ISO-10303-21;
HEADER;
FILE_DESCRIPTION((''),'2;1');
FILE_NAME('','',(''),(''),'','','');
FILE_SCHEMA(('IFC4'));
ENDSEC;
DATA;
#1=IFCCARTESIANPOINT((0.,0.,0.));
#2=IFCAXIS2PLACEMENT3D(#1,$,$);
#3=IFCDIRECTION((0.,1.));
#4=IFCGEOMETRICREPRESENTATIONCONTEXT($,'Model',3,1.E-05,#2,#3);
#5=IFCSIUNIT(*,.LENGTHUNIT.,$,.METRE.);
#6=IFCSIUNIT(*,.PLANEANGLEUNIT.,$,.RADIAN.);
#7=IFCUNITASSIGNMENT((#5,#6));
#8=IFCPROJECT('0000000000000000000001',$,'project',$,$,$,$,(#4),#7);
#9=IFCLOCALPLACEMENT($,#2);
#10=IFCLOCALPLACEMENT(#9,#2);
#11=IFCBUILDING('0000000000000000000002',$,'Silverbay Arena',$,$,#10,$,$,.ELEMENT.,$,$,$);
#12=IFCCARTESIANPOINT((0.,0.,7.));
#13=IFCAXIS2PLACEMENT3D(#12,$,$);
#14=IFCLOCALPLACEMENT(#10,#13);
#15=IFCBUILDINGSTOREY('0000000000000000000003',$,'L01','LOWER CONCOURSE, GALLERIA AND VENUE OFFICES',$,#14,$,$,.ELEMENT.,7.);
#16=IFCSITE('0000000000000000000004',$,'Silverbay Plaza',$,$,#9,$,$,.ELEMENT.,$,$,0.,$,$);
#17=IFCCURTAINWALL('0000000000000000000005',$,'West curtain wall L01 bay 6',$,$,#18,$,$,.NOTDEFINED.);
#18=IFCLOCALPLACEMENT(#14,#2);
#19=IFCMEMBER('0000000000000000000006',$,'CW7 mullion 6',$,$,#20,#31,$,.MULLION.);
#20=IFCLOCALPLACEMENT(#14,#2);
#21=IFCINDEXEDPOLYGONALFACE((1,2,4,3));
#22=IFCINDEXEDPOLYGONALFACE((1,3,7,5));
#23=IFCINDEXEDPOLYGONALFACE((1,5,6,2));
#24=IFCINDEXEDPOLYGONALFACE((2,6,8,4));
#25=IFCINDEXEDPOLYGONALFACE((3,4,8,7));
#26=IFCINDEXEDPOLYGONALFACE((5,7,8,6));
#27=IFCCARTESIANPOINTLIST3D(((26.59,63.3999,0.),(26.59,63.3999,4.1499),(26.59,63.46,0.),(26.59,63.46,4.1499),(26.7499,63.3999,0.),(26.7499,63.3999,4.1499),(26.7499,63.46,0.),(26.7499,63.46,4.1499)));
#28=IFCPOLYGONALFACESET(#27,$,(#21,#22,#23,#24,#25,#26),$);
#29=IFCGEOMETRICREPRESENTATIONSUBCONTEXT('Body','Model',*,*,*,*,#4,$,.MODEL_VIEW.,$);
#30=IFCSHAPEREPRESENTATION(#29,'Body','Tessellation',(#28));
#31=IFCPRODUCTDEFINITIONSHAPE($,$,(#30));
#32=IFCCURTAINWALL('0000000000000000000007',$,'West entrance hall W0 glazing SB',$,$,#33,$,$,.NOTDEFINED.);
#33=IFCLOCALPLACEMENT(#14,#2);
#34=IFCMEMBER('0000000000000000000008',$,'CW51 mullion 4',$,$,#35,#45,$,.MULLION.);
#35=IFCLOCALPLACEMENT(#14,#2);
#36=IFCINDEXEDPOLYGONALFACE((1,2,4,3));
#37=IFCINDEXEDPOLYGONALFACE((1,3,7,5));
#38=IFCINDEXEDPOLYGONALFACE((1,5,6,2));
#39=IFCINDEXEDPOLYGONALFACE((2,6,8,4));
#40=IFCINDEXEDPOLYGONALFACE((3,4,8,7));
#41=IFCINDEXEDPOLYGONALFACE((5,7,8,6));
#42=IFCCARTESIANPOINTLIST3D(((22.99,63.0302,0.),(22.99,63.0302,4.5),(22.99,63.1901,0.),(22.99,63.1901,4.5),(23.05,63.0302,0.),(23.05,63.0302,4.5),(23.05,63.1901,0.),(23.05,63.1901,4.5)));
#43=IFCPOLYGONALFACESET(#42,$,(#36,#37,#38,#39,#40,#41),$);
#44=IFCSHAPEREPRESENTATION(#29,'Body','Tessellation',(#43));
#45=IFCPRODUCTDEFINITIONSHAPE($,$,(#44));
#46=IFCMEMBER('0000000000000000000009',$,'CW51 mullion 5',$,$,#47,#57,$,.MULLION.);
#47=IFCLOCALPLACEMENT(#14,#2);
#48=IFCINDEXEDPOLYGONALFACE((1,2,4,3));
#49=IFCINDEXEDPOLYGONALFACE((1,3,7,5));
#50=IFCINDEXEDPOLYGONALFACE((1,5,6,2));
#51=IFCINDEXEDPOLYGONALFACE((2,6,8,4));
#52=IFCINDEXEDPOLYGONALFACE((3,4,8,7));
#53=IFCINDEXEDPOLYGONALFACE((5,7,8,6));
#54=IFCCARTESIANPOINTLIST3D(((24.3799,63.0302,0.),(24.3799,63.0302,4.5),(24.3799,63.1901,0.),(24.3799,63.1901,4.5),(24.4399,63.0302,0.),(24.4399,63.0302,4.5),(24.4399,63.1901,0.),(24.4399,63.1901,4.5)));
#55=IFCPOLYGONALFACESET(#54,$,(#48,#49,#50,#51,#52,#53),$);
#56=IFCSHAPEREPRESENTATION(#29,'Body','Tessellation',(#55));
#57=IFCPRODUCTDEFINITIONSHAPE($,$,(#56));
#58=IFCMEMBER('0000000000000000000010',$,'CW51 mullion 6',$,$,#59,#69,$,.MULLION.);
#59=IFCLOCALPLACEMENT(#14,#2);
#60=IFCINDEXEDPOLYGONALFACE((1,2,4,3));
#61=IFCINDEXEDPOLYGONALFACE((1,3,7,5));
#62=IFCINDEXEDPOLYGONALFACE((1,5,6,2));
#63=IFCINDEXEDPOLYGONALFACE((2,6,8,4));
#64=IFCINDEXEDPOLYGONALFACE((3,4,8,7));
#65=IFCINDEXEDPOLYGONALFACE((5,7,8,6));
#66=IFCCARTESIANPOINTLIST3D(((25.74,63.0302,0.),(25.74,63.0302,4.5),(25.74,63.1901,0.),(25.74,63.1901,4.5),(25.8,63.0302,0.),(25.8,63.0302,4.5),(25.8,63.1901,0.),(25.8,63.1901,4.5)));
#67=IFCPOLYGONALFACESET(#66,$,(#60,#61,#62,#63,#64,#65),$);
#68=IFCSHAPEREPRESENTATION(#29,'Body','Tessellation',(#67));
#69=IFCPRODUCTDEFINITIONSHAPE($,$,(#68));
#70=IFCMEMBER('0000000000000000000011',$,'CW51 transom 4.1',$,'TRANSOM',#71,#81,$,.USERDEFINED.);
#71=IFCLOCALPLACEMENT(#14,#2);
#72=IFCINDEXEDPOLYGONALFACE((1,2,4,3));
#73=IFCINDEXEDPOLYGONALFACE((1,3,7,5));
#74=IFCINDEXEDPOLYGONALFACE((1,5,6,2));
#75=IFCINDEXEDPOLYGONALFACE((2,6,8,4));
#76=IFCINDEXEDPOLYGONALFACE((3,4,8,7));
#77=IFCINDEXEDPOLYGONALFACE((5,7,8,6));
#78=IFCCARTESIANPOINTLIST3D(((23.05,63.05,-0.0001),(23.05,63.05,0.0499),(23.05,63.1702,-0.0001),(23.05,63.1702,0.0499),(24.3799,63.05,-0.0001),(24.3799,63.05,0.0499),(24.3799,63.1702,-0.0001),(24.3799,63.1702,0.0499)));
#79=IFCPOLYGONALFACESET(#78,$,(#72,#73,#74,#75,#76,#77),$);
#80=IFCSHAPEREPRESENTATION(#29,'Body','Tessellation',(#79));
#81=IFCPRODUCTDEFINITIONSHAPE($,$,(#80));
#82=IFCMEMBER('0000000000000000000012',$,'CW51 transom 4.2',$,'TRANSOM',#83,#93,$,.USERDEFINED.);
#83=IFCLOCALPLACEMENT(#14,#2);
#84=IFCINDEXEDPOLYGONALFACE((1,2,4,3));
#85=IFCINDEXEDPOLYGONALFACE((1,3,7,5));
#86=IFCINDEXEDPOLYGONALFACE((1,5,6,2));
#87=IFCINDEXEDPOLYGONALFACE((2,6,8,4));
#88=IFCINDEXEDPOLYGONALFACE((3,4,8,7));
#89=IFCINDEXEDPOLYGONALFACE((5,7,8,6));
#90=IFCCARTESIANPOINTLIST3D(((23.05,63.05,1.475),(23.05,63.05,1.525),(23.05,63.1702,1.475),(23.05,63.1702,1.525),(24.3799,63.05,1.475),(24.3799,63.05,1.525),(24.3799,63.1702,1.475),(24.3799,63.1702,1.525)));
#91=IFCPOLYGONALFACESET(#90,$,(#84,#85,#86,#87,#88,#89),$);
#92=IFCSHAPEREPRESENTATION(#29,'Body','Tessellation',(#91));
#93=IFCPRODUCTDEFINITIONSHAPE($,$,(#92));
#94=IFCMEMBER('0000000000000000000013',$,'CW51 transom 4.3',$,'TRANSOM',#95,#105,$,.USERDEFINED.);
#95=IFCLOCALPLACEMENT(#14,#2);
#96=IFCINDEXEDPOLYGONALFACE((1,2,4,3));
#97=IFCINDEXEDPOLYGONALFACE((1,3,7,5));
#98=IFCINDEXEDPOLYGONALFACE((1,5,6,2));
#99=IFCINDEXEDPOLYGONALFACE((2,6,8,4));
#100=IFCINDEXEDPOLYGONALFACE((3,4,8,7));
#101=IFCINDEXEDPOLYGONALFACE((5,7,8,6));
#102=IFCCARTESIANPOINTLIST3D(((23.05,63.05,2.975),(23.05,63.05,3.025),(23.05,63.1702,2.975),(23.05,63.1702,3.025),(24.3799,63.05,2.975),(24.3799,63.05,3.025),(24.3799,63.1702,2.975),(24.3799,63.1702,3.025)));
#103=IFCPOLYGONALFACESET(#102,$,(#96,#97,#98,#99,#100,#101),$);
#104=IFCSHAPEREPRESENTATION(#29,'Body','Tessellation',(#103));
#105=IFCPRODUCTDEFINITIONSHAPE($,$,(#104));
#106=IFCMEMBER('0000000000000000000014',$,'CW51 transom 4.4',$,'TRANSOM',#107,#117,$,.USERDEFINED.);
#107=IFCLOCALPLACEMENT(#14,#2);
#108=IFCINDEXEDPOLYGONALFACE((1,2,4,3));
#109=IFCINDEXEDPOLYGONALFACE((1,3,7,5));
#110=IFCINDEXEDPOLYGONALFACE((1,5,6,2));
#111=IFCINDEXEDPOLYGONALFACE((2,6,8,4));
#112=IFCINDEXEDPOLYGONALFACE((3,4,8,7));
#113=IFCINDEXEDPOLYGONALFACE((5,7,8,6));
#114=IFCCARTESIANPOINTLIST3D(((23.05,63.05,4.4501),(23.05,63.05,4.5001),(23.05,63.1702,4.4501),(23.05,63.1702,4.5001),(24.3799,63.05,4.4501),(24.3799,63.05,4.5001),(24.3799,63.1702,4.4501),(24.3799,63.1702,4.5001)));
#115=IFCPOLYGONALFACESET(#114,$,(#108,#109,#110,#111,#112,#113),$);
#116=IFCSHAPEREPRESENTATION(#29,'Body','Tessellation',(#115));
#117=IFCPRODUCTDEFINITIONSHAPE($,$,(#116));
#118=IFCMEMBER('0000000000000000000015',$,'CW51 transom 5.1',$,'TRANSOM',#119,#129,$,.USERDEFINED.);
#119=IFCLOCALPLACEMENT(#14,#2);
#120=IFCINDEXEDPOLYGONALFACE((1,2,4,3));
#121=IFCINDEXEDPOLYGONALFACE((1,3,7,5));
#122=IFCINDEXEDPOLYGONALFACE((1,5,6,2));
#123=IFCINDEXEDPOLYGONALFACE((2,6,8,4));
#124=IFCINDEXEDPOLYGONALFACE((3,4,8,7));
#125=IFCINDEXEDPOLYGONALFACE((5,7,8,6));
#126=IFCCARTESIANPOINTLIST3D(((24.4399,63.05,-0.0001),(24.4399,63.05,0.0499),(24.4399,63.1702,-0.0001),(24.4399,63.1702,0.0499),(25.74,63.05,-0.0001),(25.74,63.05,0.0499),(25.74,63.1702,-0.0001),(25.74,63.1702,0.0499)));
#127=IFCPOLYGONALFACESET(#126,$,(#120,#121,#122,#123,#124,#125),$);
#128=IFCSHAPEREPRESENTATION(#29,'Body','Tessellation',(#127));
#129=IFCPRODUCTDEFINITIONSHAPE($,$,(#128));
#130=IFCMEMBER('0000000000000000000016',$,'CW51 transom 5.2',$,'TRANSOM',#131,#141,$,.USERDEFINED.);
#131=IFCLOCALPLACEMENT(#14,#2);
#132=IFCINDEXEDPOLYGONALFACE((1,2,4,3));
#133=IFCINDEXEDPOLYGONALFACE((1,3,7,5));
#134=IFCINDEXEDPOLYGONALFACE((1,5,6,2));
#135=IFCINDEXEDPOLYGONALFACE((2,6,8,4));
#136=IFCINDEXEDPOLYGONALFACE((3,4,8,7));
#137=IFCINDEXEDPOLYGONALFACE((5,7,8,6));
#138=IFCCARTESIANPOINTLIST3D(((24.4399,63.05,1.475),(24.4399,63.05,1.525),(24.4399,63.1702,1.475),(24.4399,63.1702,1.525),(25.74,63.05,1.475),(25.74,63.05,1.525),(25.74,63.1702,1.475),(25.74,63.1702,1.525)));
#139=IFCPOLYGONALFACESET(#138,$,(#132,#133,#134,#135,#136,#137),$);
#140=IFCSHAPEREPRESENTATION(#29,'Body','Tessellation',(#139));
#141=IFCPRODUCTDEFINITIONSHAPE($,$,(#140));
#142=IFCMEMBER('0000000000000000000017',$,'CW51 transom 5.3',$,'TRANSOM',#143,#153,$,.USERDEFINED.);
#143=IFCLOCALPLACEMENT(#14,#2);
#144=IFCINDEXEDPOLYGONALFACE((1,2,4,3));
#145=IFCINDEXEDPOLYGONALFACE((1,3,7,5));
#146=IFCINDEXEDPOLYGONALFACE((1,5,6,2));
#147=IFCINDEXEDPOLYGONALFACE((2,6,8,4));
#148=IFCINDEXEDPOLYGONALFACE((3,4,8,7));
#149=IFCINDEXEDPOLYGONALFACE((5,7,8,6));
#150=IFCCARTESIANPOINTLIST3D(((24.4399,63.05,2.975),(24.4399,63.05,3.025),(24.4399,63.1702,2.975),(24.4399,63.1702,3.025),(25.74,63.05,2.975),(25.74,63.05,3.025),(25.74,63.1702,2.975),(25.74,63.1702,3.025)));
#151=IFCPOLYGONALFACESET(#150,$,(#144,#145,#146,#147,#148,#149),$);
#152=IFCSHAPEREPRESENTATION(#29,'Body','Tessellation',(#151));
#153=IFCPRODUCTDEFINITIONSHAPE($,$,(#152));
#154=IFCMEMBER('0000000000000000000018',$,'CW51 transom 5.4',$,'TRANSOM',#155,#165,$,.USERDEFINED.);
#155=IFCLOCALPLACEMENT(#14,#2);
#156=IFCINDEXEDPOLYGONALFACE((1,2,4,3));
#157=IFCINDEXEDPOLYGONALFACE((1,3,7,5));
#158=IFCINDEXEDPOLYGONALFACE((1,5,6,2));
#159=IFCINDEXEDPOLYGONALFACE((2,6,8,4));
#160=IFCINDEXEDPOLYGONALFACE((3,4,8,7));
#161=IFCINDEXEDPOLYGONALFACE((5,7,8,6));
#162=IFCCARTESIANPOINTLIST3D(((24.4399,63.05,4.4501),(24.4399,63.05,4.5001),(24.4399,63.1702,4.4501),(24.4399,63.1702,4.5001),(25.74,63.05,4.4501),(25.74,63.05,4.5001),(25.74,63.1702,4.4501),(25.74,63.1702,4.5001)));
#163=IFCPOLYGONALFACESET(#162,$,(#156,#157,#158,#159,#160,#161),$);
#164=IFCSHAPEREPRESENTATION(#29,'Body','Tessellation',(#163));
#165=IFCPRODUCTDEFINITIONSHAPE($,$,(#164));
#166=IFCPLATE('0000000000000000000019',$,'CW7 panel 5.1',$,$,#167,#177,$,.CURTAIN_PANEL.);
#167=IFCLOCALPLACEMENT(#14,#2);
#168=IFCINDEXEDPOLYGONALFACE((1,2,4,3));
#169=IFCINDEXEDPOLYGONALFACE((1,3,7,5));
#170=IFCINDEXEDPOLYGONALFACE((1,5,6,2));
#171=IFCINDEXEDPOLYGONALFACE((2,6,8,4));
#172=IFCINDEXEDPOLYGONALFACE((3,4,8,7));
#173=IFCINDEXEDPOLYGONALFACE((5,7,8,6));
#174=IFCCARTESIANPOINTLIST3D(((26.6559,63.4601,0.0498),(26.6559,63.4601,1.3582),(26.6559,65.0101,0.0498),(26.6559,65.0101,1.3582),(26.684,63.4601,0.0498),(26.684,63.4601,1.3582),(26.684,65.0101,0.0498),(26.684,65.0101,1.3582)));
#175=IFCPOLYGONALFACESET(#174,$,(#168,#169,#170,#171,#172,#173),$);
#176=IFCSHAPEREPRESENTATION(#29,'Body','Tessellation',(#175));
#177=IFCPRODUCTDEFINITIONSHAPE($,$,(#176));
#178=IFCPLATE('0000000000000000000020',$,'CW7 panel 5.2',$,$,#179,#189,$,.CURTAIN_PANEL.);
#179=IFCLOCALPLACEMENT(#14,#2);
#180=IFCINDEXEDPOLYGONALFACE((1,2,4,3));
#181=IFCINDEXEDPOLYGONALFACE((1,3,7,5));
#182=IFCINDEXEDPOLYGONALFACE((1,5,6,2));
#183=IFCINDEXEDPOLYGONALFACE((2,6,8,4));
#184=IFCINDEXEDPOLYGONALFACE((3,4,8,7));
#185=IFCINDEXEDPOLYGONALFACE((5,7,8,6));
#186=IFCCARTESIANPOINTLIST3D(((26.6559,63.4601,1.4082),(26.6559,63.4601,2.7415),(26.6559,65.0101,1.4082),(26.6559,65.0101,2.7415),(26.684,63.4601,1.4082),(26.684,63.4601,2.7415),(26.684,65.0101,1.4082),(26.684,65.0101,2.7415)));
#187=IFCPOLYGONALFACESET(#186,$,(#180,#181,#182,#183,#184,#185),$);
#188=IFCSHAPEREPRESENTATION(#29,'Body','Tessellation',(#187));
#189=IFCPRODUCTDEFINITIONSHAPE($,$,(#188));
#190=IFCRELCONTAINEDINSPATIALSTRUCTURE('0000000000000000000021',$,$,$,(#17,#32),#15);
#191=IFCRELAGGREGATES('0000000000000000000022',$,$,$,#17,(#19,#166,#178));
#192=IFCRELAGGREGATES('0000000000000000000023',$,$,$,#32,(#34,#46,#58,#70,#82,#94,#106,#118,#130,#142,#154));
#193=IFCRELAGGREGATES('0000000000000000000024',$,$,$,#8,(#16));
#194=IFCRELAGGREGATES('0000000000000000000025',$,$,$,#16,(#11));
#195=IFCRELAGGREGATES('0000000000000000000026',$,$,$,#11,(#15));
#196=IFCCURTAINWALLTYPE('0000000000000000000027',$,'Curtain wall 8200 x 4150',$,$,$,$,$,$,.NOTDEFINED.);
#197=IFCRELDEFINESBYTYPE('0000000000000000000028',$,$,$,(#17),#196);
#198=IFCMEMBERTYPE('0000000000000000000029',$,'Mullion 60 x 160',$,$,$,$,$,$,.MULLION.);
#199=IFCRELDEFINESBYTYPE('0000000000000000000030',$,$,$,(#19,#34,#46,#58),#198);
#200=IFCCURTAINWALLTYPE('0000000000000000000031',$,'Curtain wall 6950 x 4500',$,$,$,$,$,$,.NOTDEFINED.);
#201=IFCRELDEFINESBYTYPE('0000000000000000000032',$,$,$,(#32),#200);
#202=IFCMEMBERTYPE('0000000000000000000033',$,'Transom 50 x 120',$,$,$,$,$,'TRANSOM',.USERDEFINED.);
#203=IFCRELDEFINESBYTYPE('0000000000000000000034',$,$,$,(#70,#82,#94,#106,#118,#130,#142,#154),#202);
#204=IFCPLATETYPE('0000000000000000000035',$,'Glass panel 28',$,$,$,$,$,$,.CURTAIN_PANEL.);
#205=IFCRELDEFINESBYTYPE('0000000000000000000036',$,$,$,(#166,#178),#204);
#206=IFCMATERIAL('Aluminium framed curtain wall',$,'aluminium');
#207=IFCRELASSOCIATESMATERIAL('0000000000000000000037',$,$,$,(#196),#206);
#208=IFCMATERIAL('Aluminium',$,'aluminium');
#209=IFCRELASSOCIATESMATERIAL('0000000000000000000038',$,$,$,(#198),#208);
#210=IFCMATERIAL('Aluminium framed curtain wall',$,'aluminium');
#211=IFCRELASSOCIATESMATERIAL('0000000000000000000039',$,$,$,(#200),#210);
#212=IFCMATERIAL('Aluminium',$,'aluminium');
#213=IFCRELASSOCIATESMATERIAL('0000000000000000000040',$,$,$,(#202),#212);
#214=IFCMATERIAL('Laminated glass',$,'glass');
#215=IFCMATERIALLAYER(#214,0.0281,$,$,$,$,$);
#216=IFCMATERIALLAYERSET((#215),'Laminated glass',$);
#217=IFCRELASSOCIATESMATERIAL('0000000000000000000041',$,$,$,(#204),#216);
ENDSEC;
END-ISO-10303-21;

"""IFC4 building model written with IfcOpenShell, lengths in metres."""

from ifc_helpers import new_model, si_unit, direction, frame, origin, origin_2d, place, context, subcontext, project, spatial, rectangle, extrude, material, layer, layer_set, material_profile, profile_set, type_object, element, aggregate, save


model = new_model("IFC4")

# Units and contexts
model_context = context("Model", 3, precision=1e-05, world=origin(), true_north=direction((0.0, 1.0)))
body_context = subcontext(model_context, "Body", "Model", "MODEL_VIEW")
ifc_project = project(units=[si_unit("LENGTHUNIT", "METRE"), si_unit("PLANEANGLEUNIT", "RADIAN")], contexts=[model_context])

# Site, building, storey
site_placement = place(None, origin())
site = spatial("IfcSite", under=ifc_project, at=site_placement, Name="Silverbay Plaza", CompositionType="ELEMENT", RefElevation=0.0)
building_placement = place(site_placement, origin())
building = spatial("IfcBuilding", under=site, at=building_placement, Name="Silverbay Arena", CompositionType="ELEMENT")
storey_placement = place(building_placement, frame((0.0, 0.0, 7.0)))
storey = spatial("IfcBuildingStorey", under=building, at=storey_placement, Name="L01", Description="LOWER CONCOURSE, GALLERIA AND VENUE OFFICES", CompositionType="ELEMENT", Elevation=7.0)

# Curtain wall, member
ifc_material_1 = material(Name="Aluminium framed curtain wall", Category="aluminium")
curtain_wall_type_1 = type_object("IfcCurtainWallType", Name="Curtain wall 8200 x 4150", PredefinedType="NOTDEFINED", material=ifc_material_1)
curtain_wall_1_placement = place(storey_placement, origin())
curtain_wall_1 = element("IfcCurtainWall", 1, at=curtain_wall_1_placement, inside=storey, type_object=curtain_wall_type_1, Name="West curtain wall L01 bay 6", PredefinedType="NOTDEFINED")
ifc_material_2 = material(Name="Aluminium", Category="aluminium")
ifc_material_profile_1 = material_profile(ifc_material_2, rectangle(XDim=0.1599, YDim=0.0601, at=origin_2d()), Name="Mullion 60 x 160")
ifc_profile_set_1 = profile_set([ifc_material_profile_1], Name="Aluminium")
member_type_1 = type_object("IfcMemberType", Name="Mullion 60 x 160", PredefinedType="MULLION", material=ifc_profile_set_1)
member_1_placement = place(storey_placement, frame((26.6699, 63.4299, 0.0), z_axis=(0.0, 0.0, 1.0), x_axis=(1.0, 0.0, 0.0)))
member_1 = element("IfcMember", 2, at=member_1_placement, type_object=member_type_1, Name="CW7 mullion 6", PredefinedType="MULLION", context=body_context, shape_type="SweptSolid", body=[
    extrude(rectangle(XDim=0.1599, YDim=0.0601, at=origin_2d()), origin(), (0.0, 0.0, 1.0), 4.1499),
])

# Curtain wall, members
ifc_material_3 = material(Name="Aluminium framed curtain wall", Category="aluminium")
curtain_wall_type_2 = type_object("IfcCurtainWallType", Name="Curtain wall 6950 x 4500", PredefinedType="NOTDEFINED", material=ifc_material_3)
curtain_wall_2_placement = place(storey_placement, origin())
curtain_wall_2 = element("IfcCurtainWall", 3, at=curtain_wall_2_placement, inside=storey, type_object=curtain_wall_type_2, Name="West entrance hall W0 glazing SB", PredefinedType="NOTDEFINED")
member_2_placement = place(storey_placement, frame((23.02, 63.1101, 0.0), z_axis=(0.0, 0.0, 1.0), x_axis=(0.0, 1.0, 0.0)))
member_2 = element("IfcMember", 4, at=member_2_placement, type_object=member_type_1, Name="CW51 mullion 4", PredefinedType="MULLION", context=body_context, shape_type="SweptSolid", body=[
    extrude(rectangle(XDim=0.1599, YDim=0.0601, at=origin_2d()), origin(), (0.0, 0.0, 1.0), 4.5),
])
member_3_placement = place(storey_placement, frame((24.4099, 63.1101, 0.0), z_axis=(0.0, 0.0, 1.0), x_axis=(0.0, 1.0, 0.0)))
member_3 = element("IfcMember", 5, at=member_3_placement, type_object=member_type_1, Name="CW51 mullion 5", PredefinedType="MULLION", context=body_context, shape_type="SweptSolid", body=[
    extrude(rectangle(XDim=0.1599, YDim=0.0601, at=origin_2d()), origin(), (0.0, 0.0, 1.0), 4.5),
])
member_4_placement = place(storey_placement, frame((25.77, 63.1101, 0.0), z_axis=(0.0, 0.0, 1.0), x_axis=(0.0, 1.0, 0.0)))
member_4 = element("IfcMember", 6, at=member_4_placement, type_object=member_type_1, Name="CW51 mullion 6", PredefinedType="MULLION", context=body_context, shape_type="SweptSolid", body=[
    extrude(rectangle(XDim=0.1599, YDim=0.0601, at=origin_2d()), origin(), (0.0, 0.0, 1.0), 4.5),
])
ifc_material_4 = material(Name="Aluminium", Category="aluminium")
ifc_material_profile_2 = material_profile(ifc_material_4, rectangle(XDim=0.1201, YDim=0.05, at=origin_2d()), Name="Transom 50 x 120")
ifc_profile_set_2 = profile_set([ifc_material_profile_2], Name="Aluminium")
member_type_2 = type_object("IfcMemberType", Name="Transom 50 x 120", ElementType="TRANSOM", PredefinedType="USERDEFINED", material=ifc_profile_set_2)
member_5_placement = place(storey_placement, frame((23.05, 63.1101, 0.0249), z_axis=(1.0, 0.0, 0.0), x_axis=(0.0, 1.0, 0.0)))
member_5 = element("IfcMember", 7, at=member_5_placement, type_object=member_type_2, Name="CW51 transom 4.1", ObjectType="TRANSOM", PredefinedType="USERDEFINED", context=body_context, shape_type="SweptSolid", body=[
    extrude(rectangle(XDim=0.1201, YDim=0.05, at=origin_2d()), origin(), (0.0, 0.0, 1.0), 1.3298),
])
member_6_placement = place(storey_placement, frame((23.05, 63.1101, 1.5), z_axis=(1.0, 0.0, 0.0), x_axis=(0.0, 1.0, 0.0)))
member_6 = element("IfcMember", 8, at=member_6_placement, type_object=member_type_2, Name="CW51 transom 4.2", ObjectType="TRANSOM", PredefinedType="USERDEFINED", context=body_context, shape_type="SweptSolid", body=[
    extrude(rectangle(XDim=0.1201, YDim=0.05, at=origin_2d()), origin(), (0.0, 0.0, 1.0), 1.3298),
])
member_7_placement = place(storey_placement, frame((23.05, 63.1101, 3.0), z_axis=(1.0, 0.0, 0.0), x_axis=(0.0, 1.0, 0.0)))
member_7 = element("IfcMember", 9, at=member_7_placement, type_object=member_type_2, Name="CW51 transom 4.3", ObjectType="TRANSOM", PredefinedType="USERDEFINED", context=body_context, shape_type="SweptSolid", body=[
    extrude(rectangle(XDim=0.1201, YDim=0.05, at=origin_2d()), origin(), (0.0, 0.0, 1.0), 1.3298),
])
member_8_placement = place(storey_placement, frame((23.05, 63.1101, 4.4751), z_axis=(1.0, 0.0, 0.0), x_axis=(0.0, 1.0, 0.0)))
member_8 = element("IfcMember", 10, at=member_8_placement, type_object=member_type_2, Name="CW51 transom 4.4", ObjectType="TRANSOM", PredefinedType="USERDEFINED", context=body_context, shape_type="SweptSolid", body=[
    extrude(rectangle(XDim=0.1201, YDim=0.05, at=origin_2d()), origin(), (0.0, 0.0, 1.0), 1.3298),
])
member_9_placement = place(storey_placement, frame((24.4399, 63.1101, 0.0249), z_axis=(1.0, 0.0, 0.0), x_axis=(0.0, 1.0, 0.0)))
member_9 = element("IfcMember", 11, at=member_9_placement, type_object=member_type_2, Name="CW51 transom 5.1", ObjectType="TRANSOM", PredefinedType="USERDEFINED", context=body_context, shape_type="SweptSolid", body=[
    extrude(rectangle(XDim=0.1201, YDim=0.05, at=origin_2d()), origin(), (0.0, 0.0, 1.0), 1.3),
])
member_10_placement = place(storey_placement, frame((24.4399, 63.1101, 1.5), z_axis=(1.0, 0.0, 0.0), x_axis=(0.0, 1.0, 0.0)))
member_10 = element("IfcMember", 12, at=member_10_placement, type_object=member_type_2, Name="CW51 transom 5.2", ObjectType="TRANSOM", PredefinedType="USERDEFINED", context=body_context, shape_type="SweptSolid", body=[
    extrude(rectangle(XDim=0.1201, YDim=0.05, at=origin_2d()), origin(), (0.0, 0.0, 1.0), 1.3),
])
member_11_placement = place(storey_placement, frame((24.4399, 63.1101, 3.0), z_axis=(1.0, 0.0, 0.0), x_axis=(0.0, 1.0, 0.0)))
member_11 = element("IfcMember", 13, at=member_11_placement, type_object=member_type_2, Name="CW51 transom 5.3", ObjectType="TRANSOM", PredefinedType="USERDEFINED", context=body_context, shape_type="SweptSolid", body=[
    extrude(rectangle(XDim=0.1201, YDim=0.05, at=origin_2d()), origin(), (0.0, 0.0, 1.0), 1.3),
])
member_12_placement = place(storey_placement, frame((24.4399, 63.1101, 4.4751), z_axis=(1.0, 0.0, 0.0), x_axis=(0.0, 1.0, 0.0)))
member_12 = element("IfcMember", 14, at=member_12_placement, type_object=member_type_2, Name="CW51 transom 5.4", ObjectType="TRANSOM", PredefinedType="USERDEFINED", context=body_context, shape_type="SweptSolid", body=[
    extrude(rectangle(XDim=0.1201, YDim=0.05, at=origin_2d()), origin(), (0.0, 0.0, 1.0), 1.3),
])

# Plates
ifc_material_5 = material(Name="Laminated glass", Category="glass")
ifc_layer_1 = layer(ifc_material_5, 0.0281)
ifc_layer_set_1 = layer_set([ifc_layer_1], Name="Laminated glass")
plate_type = type_object("IfcPlateType", Name="Glass panel 28", PredefinedType="CURTAIN_PANEL", material=ifc_layer_set_1)
plate_1_placement = place(storey_placement, frame((26.6699, 64.2351, 0.0498), z_axis=(0.0, 0.0, 1.0), x_axis=(0.0, -1.0, 0.0)))
plate_1 = element("IfcPlate", 15, at=plate_1_placement, type_object=plate_type, Name="CW7 panel 5.1", PredefinedType="CURTAIN_PANEL", context=body_context, shape_type="SweptSolid", body=[
    extrude(rectangle(XDim=1.55, YDim=0.0281, at=origin_2d()), origin(), (0.0, 0.0, 1.0), 1.3083),
])
plate_2_placement = place(storey_placement, frame((26.6699, 64.2351, 1.4082), z_axis=(0.0, 0.0, 1.0), x_axis=(0.0, -1.0, 0.0)))
plate_2 = element("IfcPlate", 16, at=plate_2_placement, type_object=plate_type, Name="CW7 panel 5.2", PredefinedType="CURTAIN_PANEL", context=body_context, shape_type="SweptSolid", body=[
    extrude(rectangle(XDim=1.55, YDim=0.0281, at=origin_2d()), origin(), (0.0, 0.0, 1.0), 1.3333),
])
aggregate(curtain_wall_1, [member_1, plate_1, plate_2])
aggregate(curtain_wall_2, [member_2, member_3, member_4, member_5, member_6, member_7, member_8, member_9, member_10, member_11, member_12])

save(model, "model.ifc")
